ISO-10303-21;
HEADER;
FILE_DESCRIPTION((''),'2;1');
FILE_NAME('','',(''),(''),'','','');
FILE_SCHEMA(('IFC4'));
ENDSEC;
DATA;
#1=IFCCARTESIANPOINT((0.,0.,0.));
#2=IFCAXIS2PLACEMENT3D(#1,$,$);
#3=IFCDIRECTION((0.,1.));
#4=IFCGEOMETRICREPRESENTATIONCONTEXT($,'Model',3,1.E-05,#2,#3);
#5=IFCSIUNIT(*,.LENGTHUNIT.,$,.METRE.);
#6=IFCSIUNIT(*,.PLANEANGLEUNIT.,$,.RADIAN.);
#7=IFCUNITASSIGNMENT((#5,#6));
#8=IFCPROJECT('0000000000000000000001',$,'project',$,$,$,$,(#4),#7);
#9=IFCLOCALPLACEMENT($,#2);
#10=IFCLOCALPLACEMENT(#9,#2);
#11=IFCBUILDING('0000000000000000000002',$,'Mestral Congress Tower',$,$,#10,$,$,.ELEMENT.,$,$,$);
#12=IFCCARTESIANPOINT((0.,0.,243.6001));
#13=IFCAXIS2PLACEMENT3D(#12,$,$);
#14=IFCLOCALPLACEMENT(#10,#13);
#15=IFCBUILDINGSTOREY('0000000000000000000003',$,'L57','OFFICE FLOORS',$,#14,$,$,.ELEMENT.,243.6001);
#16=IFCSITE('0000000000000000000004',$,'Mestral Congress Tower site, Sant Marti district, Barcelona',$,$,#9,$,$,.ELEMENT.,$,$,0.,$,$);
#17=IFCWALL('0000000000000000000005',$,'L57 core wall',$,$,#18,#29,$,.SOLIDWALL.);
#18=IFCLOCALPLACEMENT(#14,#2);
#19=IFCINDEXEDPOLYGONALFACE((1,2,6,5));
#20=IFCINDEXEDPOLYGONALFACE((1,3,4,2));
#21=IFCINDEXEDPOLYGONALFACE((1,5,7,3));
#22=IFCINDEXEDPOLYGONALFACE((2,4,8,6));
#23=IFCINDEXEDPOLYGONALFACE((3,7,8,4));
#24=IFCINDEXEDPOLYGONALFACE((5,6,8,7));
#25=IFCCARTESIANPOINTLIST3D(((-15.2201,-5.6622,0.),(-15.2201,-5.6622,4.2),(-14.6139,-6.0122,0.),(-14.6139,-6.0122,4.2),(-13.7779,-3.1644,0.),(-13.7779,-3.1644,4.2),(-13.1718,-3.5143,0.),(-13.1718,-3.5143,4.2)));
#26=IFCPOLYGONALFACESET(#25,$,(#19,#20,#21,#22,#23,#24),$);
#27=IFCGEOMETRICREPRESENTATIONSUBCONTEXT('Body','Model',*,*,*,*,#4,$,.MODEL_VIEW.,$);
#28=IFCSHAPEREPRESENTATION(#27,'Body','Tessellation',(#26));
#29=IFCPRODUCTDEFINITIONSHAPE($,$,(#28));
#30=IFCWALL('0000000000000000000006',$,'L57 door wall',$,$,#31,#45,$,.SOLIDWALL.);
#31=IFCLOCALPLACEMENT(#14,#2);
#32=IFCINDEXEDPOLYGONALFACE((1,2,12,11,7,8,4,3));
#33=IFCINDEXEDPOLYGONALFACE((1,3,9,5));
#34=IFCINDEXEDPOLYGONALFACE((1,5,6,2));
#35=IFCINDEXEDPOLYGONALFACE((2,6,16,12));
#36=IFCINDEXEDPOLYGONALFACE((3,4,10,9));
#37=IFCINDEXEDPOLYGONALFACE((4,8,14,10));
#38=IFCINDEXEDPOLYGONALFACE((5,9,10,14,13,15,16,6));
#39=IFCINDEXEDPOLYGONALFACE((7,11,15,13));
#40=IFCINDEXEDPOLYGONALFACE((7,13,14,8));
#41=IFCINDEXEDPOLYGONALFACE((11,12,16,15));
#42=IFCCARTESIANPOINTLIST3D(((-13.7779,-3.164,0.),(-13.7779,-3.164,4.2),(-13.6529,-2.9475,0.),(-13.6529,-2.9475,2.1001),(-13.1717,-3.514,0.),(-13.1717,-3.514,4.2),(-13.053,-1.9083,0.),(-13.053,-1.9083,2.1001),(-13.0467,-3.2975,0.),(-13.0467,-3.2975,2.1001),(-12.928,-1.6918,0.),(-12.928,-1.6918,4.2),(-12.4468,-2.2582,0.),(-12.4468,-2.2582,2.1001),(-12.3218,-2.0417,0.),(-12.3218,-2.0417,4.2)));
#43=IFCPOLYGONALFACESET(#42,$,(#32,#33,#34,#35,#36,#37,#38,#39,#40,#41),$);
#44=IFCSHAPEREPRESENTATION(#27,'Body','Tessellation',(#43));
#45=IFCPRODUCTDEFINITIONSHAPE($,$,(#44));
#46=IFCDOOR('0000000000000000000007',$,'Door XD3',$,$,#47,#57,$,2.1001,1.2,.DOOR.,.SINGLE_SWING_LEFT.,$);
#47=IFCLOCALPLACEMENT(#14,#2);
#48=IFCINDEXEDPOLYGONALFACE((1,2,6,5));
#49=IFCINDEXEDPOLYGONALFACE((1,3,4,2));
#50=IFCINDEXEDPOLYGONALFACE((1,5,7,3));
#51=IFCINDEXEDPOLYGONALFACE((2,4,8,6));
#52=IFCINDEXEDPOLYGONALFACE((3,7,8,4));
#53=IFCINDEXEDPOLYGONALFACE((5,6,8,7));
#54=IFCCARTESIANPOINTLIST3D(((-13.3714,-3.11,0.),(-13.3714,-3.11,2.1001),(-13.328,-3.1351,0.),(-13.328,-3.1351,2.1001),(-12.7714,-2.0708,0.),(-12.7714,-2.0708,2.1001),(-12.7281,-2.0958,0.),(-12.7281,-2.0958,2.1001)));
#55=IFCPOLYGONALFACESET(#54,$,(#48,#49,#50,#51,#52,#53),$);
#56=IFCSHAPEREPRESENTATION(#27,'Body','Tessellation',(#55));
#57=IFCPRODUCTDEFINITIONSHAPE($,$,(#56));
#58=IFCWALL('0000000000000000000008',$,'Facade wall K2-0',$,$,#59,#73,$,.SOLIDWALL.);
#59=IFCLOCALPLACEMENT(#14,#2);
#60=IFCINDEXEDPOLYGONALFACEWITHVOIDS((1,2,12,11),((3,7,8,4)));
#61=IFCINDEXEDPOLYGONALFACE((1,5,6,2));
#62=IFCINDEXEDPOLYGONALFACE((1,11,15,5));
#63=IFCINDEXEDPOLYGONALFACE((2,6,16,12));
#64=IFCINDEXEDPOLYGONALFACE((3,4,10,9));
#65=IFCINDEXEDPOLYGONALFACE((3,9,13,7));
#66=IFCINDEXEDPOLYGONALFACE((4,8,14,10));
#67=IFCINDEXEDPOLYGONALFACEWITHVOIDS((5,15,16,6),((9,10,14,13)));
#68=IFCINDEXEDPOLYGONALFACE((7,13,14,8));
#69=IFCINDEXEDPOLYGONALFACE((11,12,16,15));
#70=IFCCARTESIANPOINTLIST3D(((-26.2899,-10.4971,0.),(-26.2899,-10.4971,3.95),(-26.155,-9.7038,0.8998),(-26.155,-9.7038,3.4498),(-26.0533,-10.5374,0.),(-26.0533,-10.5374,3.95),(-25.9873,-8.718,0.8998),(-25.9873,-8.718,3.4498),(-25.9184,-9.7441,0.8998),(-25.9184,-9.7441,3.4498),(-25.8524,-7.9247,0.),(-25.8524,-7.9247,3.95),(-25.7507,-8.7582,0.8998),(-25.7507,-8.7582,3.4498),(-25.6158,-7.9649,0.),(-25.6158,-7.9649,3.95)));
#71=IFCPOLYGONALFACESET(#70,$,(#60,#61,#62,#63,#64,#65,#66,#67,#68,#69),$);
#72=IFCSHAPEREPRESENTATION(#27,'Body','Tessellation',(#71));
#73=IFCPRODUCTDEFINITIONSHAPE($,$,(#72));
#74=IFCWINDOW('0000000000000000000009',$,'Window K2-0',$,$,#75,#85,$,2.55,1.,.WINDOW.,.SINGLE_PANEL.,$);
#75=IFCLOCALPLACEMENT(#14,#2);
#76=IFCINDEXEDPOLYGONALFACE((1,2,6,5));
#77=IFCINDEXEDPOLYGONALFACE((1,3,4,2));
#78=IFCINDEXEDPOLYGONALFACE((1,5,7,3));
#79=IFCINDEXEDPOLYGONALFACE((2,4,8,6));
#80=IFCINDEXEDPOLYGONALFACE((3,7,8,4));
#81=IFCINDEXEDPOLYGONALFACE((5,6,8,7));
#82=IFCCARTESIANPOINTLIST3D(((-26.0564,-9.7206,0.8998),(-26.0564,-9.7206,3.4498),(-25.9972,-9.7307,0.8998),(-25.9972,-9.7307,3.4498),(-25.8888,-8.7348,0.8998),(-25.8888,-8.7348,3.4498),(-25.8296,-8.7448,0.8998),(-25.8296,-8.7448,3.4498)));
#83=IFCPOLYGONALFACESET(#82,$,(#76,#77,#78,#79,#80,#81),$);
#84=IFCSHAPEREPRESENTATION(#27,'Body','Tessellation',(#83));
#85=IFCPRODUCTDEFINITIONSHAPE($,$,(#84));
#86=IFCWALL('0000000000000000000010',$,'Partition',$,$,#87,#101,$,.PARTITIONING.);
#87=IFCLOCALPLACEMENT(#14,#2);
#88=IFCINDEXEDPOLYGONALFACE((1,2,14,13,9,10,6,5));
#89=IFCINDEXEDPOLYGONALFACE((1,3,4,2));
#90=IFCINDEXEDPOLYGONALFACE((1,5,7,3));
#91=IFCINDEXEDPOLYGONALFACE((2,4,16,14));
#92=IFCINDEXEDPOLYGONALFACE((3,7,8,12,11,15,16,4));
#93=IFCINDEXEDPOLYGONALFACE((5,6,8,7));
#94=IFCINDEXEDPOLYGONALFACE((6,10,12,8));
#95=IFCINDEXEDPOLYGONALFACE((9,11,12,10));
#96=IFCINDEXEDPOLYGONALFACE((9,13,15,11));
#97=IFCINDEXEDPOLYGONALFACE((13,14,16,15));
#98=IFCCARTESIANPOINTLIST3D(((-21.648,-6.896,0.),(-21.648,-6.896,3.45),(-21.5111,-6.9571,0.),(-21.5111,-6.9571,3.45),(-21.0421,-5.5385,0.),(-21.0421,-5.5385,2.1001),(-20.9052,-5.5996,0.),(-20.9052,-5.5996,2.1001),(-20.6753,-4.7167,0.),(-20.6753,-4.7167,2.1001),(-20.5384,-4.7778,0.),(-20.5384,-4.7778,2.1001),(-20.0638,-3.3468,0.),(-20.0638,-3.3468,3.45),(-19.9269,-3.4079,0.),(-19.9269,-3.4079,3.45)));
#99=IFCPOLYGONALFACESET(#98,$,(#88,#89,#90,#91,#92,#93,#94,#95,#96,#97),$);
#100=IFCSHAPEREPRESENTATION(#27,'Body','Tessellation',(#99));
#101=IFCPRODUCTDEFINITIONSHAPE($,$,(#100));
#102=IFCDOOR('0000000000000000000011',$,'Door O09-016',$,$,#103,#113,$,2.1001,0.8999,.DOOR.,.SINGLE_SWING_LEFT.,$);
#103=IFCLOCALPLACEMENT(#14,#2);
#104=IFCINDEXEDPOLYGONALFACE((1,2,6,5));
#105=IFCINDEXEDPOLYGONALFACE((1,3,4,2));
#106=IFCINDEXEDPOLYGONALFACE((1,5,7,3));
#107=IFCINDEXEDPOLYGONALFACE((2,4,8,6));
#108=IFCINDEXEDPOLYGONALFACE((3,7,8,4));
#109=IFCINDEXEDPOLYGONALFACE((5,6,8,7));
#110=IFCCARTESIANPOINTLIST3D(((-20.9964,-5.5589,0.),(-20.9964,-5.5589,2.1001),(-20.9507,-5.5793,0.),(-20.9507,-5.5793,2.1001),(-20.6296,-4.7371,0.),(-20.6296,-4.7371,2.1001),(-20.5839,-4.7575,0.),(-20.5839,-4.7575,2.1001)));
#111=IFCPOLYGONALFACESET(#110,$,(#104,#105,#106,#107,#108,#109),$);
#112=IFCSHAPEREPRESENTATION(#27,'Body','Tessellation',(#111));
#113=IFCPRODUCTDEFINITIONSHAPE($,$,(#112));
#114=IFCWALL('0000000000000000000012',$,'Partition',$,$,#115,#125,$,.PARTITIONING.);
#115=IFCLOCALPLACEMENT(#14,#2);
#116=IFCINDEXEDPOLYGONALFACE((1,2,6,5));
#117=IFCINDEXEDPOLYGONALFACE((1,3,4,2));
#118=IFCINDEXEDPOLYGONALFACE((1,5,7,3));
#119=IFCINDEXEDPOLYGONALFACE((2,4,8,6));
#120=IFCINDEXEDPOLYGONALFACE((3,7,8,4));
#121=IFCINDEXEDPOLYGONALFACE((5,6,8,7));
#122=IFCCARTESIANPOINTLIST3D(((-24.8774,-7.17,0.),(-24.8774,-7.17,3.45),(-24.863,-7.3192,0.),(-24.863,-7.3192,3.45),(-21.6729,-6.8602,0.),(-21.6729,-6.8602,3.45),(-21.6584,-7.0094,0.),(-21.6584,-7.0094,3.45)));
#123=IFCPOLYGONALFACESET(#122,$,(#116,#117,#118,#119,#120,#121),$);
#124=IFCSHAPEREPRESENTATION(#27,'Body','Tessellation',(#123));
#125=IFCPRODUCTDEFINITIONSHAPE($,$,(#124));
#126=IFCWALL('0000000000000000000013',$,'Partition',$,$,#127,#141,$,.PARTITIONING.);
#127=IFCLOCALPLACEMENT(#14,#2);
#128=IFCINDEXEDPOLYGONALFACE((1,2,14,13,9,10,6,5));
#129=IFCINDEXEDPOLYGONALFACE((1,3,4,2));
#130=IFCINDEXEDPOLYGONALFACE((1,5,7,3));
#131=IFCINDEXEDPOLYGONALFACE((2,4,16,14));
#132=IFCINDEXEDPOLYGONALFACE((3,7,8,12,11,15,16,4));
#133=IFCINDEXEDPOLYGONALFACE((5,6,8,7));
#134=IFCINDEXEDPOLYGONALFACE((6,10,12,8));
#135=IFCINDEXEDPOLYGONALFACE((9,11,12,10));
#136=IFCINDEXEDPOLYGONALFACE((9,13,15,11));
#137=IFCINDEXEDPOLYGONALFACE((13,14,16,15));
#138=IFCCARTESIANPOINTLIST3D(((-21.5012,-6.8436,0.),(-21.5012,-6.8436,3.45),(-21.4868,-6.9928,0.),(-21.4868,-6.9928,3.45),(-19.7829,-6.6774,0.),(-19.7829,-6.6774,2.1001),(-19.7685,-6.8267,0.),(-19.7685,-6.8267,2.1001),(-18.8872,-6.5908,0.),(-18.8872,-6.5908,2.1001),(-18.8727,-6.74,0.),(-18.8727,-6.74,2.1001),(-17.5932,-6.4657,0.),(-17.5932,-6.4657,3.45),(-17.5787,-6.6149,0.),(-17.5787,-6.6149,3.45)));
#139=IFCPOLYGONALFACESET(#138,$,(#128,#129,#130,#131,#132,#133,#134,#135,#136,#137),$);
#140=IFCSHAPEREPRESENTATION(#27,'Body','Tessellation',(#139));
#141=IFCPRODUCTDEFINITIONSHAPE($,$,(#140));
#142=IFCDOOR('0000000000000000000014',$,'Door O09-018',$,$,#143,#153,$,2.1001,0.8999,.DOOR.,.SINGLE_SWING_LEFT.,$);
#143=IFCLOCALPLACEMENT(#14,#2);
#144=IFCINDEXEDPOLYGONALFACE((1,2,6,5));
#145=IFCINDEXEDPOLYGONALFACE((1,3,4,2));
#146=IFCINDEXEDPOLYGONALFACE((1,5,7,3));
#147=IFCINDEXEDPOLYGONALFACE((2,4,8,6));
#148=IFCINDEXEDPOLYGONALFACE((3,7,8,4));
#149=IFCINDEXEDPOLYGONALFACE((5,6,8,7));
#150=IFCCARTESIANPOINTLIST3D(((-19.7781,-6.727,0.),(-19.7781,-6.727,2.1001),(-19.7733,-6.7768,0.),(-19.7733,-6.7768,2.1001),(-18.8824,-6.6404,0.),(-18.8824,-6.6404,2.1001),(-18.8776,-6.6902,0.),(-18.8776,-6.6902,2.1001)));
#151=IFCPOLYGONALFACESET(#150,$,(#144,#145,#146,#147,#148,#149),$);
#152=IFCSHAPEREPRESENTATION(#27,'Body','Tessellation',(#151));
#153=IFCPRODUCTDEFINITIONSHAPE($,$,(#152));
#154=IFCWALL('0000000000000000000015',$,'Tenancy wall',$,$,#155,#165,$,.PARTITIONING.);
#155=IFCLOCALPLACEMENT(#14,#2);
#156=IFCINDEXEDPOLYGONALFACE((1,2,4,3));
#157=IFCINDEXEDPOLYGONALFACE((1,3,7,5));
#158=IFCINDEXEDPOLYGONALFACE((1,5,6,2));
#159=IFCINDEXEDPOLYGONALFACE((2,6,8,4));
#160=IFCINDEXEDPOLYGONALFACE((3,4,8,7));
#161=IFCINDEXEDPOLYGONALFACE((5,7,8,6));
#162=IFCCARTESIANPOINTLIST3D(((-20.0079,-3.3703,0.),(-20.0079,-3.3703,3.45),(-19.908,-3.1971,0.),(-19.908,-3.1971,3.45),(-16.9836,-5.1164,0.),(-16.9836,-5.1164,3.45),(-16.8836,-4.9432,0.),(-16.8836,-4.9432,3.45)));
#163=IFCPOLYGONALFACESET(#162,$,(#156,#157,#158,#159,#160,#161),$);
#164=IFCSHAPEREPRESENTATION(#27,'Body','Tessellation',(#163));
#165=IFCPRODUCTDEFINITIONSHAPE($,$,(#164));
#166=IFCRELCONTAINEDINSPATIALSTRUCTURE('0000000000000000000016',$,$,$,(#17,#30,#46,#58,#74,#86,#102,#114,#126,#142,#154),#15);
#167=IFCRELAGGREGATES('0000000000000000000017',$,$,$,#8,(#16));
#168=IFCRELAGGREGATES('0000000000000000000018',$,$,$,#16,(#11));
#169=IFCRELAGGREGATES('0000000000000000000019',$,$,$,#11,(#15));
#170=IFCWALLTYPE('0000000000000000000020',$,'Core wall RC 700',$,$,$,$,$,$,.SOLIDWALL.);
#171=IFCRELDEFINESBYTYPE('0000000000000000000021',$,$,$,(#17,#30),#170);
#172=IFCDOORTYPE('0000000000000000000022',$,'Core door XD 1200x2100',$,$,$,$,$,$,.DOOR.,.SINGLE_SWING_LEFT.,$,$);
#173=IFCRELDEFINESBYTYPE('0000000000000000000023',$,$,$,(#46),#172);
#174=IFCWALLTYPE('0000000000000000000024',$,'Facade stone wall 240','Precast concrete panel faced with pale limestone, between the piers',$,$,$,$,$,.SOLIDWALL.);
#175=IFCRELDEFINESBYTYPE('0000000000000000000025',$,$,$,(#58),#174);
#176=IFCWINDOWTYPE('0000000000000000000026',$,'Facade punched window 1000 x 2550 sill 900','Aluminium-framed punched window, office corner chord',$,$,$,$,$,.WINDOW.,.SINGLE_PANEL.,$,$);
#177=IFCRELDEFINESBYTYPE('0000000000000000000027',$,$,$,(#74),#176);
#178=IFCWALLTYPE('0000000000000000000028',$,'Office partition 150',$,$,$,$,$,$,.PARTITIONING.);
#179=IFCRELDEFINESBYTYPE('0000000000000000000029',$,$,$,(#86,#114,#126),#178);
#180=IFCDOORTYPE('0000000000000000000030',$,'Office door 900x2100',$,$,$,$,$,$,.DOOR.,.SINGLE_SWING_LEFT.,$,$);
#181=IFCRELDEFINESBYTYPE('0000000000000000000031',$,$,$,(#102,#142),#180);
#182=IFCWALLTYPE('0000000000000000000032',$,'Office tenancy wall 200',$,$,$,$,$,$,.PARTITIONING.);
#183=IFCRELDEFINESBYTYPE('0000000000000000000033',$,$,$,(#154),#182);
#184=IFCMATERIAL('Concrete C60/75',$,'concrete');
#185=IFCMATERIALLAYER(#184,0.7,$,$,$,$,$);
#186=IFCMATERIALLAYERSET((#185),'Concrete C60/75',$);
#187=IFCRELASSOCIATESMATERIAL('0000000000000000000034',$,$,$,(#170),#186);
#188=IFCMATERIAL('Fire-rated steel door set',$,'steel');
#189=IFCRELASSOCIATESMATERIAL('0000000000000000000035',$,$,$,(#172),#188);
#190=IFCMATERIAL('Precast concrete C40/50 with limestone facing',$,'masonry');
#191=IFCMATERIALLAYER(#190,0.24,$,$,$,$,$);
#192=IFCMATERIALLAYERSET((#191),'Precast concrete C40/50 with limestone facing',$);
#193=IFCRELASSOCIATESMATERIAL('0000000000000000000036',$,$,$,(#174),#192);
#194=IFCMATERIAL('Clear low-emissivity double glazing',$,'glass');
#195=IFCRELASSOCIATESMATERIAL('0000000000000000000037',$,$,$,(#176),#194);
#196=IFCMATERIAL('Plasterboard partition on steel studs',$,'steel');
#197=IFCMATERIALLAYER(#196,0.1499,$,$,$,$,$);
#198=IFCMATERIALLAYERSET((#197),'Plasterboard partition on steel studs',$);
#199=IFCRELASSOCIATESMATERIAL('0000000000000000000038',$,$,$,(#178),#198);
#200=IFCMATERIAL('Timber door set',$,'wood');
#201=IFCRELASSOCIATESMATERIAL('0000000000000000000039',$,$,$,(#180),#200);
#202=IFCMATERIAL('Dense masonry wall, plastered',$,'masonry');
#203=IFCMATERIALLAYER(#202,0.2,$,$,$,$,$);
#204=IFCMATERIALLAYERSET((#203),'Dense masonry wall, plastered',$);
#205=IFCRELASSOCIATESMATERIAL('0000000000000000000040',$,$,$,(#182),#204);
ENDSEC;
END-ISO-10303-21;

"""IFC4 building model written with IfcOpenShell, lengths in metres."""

from ifc_helpers import new_model, si_unit, direction, frame, frame_2d, origin, place, context, subcontext, project, spatial, rectangle, extrude, material, layer, layer_set, type_object, element, fill, save


model = new_model("IFC4")

# Units and contexts
model_context = context("Model", 3, precision=1e-05, world=origin(), true_north=direction((0.0, 1.0)))
body_context = subcontext(model_context, "Body", "Model", "MODEL_VIEW")
ifc_project = project(units=[si_unit("LENGTHUNIT", "METRE"), si_unit("PLANEANGLEUNIT", "RADIAN")], contexts=[model_context])

# Site, building, storey
site_placement = place(None, origin())
site = spatial("IfcSite", under=ifc_project, at=site_placement, Name="Mestral Congress Tower site, Sant Marti district, Barcelona", CompositionType="ELEMENT", RefElevation=0.0)
building_placement = place(site_placement, origin())
building = spatial("IfcBuilding", under=site, at=building_placement, Name="Mestral Congress Tower", CompositionType="ELEMENT")
storey_placement = place(building_placement, frame((0.0, 0.0, 243.6001)))
storey = spatial("IfcBuildingStorey", under=building, at=storey_placement, Name="L57", Description="OFFICE FLOORS", CompositionType="ELEMENT", Elevation=243.6001)

# Shared definitions
ifc_material_1 = material(Name="Concrete C60/75", Category="concrete")

# Wall
ifc_layer_1 = layer(ifc_material_1, 0.7)
ifc_layer_set_1 = layer_set([ifc_layer_1], Name="Concrete C60/75")
wall_type_1 = type_object("IfcWallType", Name="Core wall RC 700", PredefinedType="SOLIDWALL", material=ifc_layer_set_1)
wall_1_placement = place(storey_placement, frame((-13.4749, -3.3394, 0.0), z_axis=(0.0, 0.0, 1.0), x_axis=(-0.500008, -0.866021, 0.0)))
element("IfcWall", 1, at=wall_1_placement, inside=storey, type_object=wall_type_1, Name="L57 core wall", PredefinedType="SOLIDWALL", context=body_context, shape_type="SweptSolid", body=[
    extrude(rectangle(XDim=2.8843, YDim=0.7, at=frame_2d((1.4421, 0.0))), origin(), (0.0, 0.0, 1.0), 4.2),
])

# Wall, opening, door
wall_2_placement = place(storey_placement, frame((-13.4749, -3.3391, 0.0), z_axis=(0.0, 0.0, 1.0), x_axis=(0.499955, 0.866052, 0.0)))
wall_2 = element("IfcWall", 2, at=wall_2_placement, inside=storey, type_object=wall_type_1, Name="L57 door wall", PredefinedType="SOLIDWALL", context=body_context, shape_type="SweptSolid", body=[
    extrude(rectangle(XDim=1.7, YDim=0.7, at=frame_2d((0.8501, 0.0))), origin(), (0.0, 0.0, 1.0), 4.2),
])
opening_1_placement = place(wall_2_placement, frame((0.25, 0.0, 0.0)))
opening_1 = element("IfcOpeningElement", 3, at=opening_1_placement, cuts=wall_2, PredefinedType="OPENING", context=body_context, shape_type="SweptSolid", body=[
    extrude(rectangle(XDim=1.2, YDim=2.1001, at=frame_2d((0.6001, 1.05))), frame((0.0, 0.3599, 0.0), z_axis=(0.0, -1.0, 0.0), x_axis=(1.0, 0.0, 0.0)), (0.0, 0.0, 1.0), 0.72),
])
ifc_material_2 = material(Name="Fire-rated steel door set", Category="steel")
door_type_1 = type_object("IfcDoorType", Name="Core door XD 1200x2100", OperationType="SINGLE_SWING_LEFT", PredefinedType="DOOR", material=ifc_material_2)
door_1_placement = place(opening_1_placement, origin())
door_1 = element("IfcDoor", 4, at=door_1_placement, inside=storey, type_object=door_type_1, Name="Door XD3", OperationType="SINGLE_SWING_LEFT", OverallHeight=2.1001, OverallWidth=1.2, PredefinedType="DOOR", context=body_context, shape_type="SweptSolid", body=[
    extrude(rectangle(XDim=1.2, YDim=2.1001, at=frame_2d((0.6001, 1.05))), frame((0.0, 0.0249, 0.0), z_axis=(0.0, -1.0, 0.0), x_axis=(1.0, 0.0, 0.0)), (0.0, 0.0, 1.0), 0.05),
])
fill(opening_1, door_1)

# Wall, opening, window
ifc_material_3 = material(Name="Precast concrete C40/50 with limestone facing", Category="masonry")
ifc_layer_2 = layer(ifc_material_3, 0.24)
ifc_layer_set_2 = layer_set([ifc_layer_2], Name="Precast concrete C40/50 with limestone facing")
wall_type_2 = type_object("IfcWallType", Name="Facade stone wall 240", Description="Precast concrete panel faced with pale limestone, between the piers", PredefinedType="SOLIDWALL", material=ifc_layer_set_2)
wall_3_placement = place(storey_placement, frame((-25.7341, -7.9448, 0.0), z_axis=(0.0, 0.0, 1.0), x_axis=(-0.16766, -0.985845, 0.0)))
wall_3 = element("IfcWall", 5, at=wall_3_placement, inside=storey, type_object=wall_type_2, Name="Facade wall K2-0", PredefinedType="SOLIDWALL", context=body_context, shape_type="SweptSolid", body=[
    extrude(rectangle(XDim=2.6094, YDim=0.24, at=frame_2d((1.3047, 0.0))), origin(), (0.0, 0.0, 1.0), 3.95),
])
opening_2_placement = place(wall_3_placement, frame((0.8047, 0.0, 0.8999)))
opening_2 = element("IfcOpeningElement", 6, at=opening_2_placement, cuts=wall_3, PredefinedType="OPENING", context=body_context, shape_type="SweptSolid", body=[
    extrude(rectangle(XDim=1.0, YDim=2.55, at=frame_2d((0.5, 1.2749))), frame((0.0, 0.1299, 0.0), z_axis=(0.0, -1.0, 0.0), x_axis=(1.0, 0.0, 0.0)), (0.0, 0.0, 1.0), 0.26),
])
ifc_material_4 = material(Name="Clear low-emissivity double glazing", Category="glass")
window_type = type_object("IfcWindowType", Name="Facade punched window 1000 x 2550 sill 900", Description="Aluminium-framed punched window, office corner chord", PartitioningType="SINGLE_PANEL", PredefinedType="WINDOW", material=ifc_material_4)
window_placement = place(opening_2_placement, origin())
window = element("IfcWindow", 7, at=window_placement, inside=storey, type_object=window_type, Name="Window K2-0", OverallHeight=2.55, OverallWidth=1.0, PartitioningType="SINGLE_PANEL", PredefinedType="WINDOW", context=body_context, shape_type="SweptSolid", body=[
    extrude(rectangle(XDim=1.0, YDim=2.55, at=frame_2d((0.5, 1.2749))), frame((0.0, 0.04, 0.0), z_axis=(0.0, -1.0, 0.0), x_axis=(1.0, 0.0, 0.0)), (0.0, 0.0, 1.0), 0.0601),
])
fill(opening_2, window)

# Wall, opening, door
ifc_material_5 = material(Name="Plasterboard partition on steel studs", Category="steel")
ifc_layer_3 = layer(ifc_material_5, 0.1499)
ifc_layer_set_3 = layer_set([ifc_layer_3], Name="Plasterboard partition on steel studs")
wall_type_3 = type_object("IfcWallType", Name="Office partition 150", PredefinedType="PARTITIONING", material=ifc_layer_set_3)
wall_4_placement = place(storey_placement, frame((-21.5796, -6.9265, 0.0), z_axis=(0.0, 0.0, 1.0), x_axis=(0.407612, 0.913155, 0.0)))
wall_4 = element("IfcWall", 8, at=wall_4_placement, inside=storey, type_object=wall_type_3, Name="Partition", PredefinedType="PARTITIONING", context=body_context, shape_type="SweptSolid", body=[
    extrude(rectangle(XDim=3.8867, YDim=0.1499, at=frame_2d((1.9434, 0.0))), origin(), (0.0, 0.0, 1.0), 3.45),
])
opening_3_placement = place(wall_4_placement, frame((1.4866, 0.0, 0.0)))
opening_3 = element("IfcOpeningElement", 9, at=opening_3_placement, cuts=wall_4, PredefinedType="OPENING", context=body_context, shape_type="SweptSolid", body=[
    extrude(rectangle(XDim=0.8999, YDim=2.1001, at=frame_2d((0.45, 1.05))), frame((0.0, 0.085, 0.0), z_axis=(0.0, -1.0, 0.0), x_axis=(1.0, 0.0, 0.0)), (0.0, 0.0, 1.0), 0.1699),
])
ifc_material_6 = material(Name="Timber door set", Category="wood")
door_type_2 = type_object("IfcDoorType", Name="Office door 900x2100", OperationType="SINGLE_SWING_LEFT", PredefinedType="DOOR", material=ifc_material_6)
door_2_placement = place(opening_3_placement, origin())
door_2 = element("IfcDoor", 10, at=door_2_placement, inside=storey, type_object=door_type_2, Name="Door O09-016", OperationType="SINGLE_SWING_LEFT", OverallHeight=2.1001, OverallWidth=0.8999, PredefinedType="DOOR", context=body_context, shape_type="SweptSolid", body=[
    extrude(rectangle(XDim=0.8999, YDim=2.1001, at=frame_2d((0.45, 1.05))), frame((0.0, 0.0249, 0.0), z_axis=(0.0, -1.0, 0.0), x_axis=(1.0, 0.0, 0.0)), (0.0, 0.0, 1.0), 0.05),
])
fill(opening_3, door_2)

# Wall
wall_5_placement = place(storey_placement, frame((-21.6655, -6.9348, 0.0), z_axis=(0.0, 0.0, 1.0), x_axis=(-0.995359, -0.09623, 0.0)))
element("IfcWall", 11, at=wall_5_placement, inside=storey, type_object=wall_type_3, Name="Partition", PredefinedType="PARTITIONING", context=body_context, shape_type="SweptSolid", body=[
    extrude(rectangle(XDim=3.2195, YDim=0.1499, at=frame_2d((1.6099, 0.0))), origin(), (0.0, 0.0, 1.0), 3.45),
])

# Wall, opening, door
wall_6_placement = place(storey_placement, frame((-17.5859, -6.5403, 0.0), z_axis=(0.0, 0.0, 1.0), x_axis=(-0.995356, -0.096259, 0.0)))
wall_6 = element("IfcWall", 12, at=wall_6_placement, inside=storey, type_object=wall_type_3, Name="Partition", PredefinedType="PARTITIONING", context=body_context, shape_type="SweptSolid", body=[
    extrude(rectangle(XDim=3.9263, YDim=0.1499, at=frame_2d((1.9631, 0.0))), origin(), (0.0, 0.0, 1.0), 3.45),
])
opening_4_placement = place(wall_6_placement, frame((1.3, 0.0, 0.0)))
opening_4 = element("IfcOpeningElement", 13, at=opening_4_placement, cuts=wall_6, PredefinedType="OPENING", context=body_context, shape_type="SweptSolid", body=[
    extrude(rectangle(XDim=0.8999, YDim=2.1001, at=frame_2d((0.45, 1.05))), frame((0.0, 0.085, 0.0), z_axis=(0.0, -1.0, 0.0), x_axis=(1.0, 0.0, 0.0)), (0.0, 0.0, 1.0), 0.1699),
])
door_3_placement = place(opening_4_placement, origin())
door_3 = element("IfcDoor", 14, at=door_3_placement, inside=storey, type_object=door_type_2, Name="Door O09-018", OperationType="SINGLE_SWING_LEFT", OverallHeight=2.1001, OverallWidth=0.8999, PredefinedType="DOOR", context=body_context, shape_type="SweptSolid", body=[
    extrude(rectangle(XDim=0.8999, YDim=2.1001, at=frame_2d((0.45, 1.05))), frame((0.0, 0.0249, 0.0), z_axis=(0.0, -1.0, 0.0), x_axis=(1.0, 0.0, 0.0)), (0.0, 0.0, 1.0), 0.05),
])
fill(opening_4, door_3)

# Wall
ifc_material_7 = material(Name="Dense masonry wall, plastered", Category="masonry")
ifc_layer_4 = layer(ifc_material_7, 0.2)
ifc_layer_set_4 = layer_set([ifc_layer_4], Name="Dense masonry wall, plastered")
wall_type_4 = type_object("IfcWallType", Name="Office tenancy wall 200", PredefinedType="PARTITIONING", material=ifc_layer_set_4)
wall_7_placement = place(storey_placement, frame((-16.9336, -5.0298, 0.0), z_axis=(0.0, 0.0, 1.0), x_axis=(-0.866032, 0.499989, 0.0)))
element("IfcWall", 15, at=wall_7_placement, inside=storey, type_object=wall_type_4, Name="Tenancy wall", PredefinedType="PARTITIONING", context=body_context, shape_type="SweptSolid", body=[
    extrude(rectangle(XDim=3.4922, YDim=0.2, at=frame_2d((1.7461, 0.0))), origin(), (0.0, 0.0, 1.0), 3.45),
])

save(model, "model.ifc")
